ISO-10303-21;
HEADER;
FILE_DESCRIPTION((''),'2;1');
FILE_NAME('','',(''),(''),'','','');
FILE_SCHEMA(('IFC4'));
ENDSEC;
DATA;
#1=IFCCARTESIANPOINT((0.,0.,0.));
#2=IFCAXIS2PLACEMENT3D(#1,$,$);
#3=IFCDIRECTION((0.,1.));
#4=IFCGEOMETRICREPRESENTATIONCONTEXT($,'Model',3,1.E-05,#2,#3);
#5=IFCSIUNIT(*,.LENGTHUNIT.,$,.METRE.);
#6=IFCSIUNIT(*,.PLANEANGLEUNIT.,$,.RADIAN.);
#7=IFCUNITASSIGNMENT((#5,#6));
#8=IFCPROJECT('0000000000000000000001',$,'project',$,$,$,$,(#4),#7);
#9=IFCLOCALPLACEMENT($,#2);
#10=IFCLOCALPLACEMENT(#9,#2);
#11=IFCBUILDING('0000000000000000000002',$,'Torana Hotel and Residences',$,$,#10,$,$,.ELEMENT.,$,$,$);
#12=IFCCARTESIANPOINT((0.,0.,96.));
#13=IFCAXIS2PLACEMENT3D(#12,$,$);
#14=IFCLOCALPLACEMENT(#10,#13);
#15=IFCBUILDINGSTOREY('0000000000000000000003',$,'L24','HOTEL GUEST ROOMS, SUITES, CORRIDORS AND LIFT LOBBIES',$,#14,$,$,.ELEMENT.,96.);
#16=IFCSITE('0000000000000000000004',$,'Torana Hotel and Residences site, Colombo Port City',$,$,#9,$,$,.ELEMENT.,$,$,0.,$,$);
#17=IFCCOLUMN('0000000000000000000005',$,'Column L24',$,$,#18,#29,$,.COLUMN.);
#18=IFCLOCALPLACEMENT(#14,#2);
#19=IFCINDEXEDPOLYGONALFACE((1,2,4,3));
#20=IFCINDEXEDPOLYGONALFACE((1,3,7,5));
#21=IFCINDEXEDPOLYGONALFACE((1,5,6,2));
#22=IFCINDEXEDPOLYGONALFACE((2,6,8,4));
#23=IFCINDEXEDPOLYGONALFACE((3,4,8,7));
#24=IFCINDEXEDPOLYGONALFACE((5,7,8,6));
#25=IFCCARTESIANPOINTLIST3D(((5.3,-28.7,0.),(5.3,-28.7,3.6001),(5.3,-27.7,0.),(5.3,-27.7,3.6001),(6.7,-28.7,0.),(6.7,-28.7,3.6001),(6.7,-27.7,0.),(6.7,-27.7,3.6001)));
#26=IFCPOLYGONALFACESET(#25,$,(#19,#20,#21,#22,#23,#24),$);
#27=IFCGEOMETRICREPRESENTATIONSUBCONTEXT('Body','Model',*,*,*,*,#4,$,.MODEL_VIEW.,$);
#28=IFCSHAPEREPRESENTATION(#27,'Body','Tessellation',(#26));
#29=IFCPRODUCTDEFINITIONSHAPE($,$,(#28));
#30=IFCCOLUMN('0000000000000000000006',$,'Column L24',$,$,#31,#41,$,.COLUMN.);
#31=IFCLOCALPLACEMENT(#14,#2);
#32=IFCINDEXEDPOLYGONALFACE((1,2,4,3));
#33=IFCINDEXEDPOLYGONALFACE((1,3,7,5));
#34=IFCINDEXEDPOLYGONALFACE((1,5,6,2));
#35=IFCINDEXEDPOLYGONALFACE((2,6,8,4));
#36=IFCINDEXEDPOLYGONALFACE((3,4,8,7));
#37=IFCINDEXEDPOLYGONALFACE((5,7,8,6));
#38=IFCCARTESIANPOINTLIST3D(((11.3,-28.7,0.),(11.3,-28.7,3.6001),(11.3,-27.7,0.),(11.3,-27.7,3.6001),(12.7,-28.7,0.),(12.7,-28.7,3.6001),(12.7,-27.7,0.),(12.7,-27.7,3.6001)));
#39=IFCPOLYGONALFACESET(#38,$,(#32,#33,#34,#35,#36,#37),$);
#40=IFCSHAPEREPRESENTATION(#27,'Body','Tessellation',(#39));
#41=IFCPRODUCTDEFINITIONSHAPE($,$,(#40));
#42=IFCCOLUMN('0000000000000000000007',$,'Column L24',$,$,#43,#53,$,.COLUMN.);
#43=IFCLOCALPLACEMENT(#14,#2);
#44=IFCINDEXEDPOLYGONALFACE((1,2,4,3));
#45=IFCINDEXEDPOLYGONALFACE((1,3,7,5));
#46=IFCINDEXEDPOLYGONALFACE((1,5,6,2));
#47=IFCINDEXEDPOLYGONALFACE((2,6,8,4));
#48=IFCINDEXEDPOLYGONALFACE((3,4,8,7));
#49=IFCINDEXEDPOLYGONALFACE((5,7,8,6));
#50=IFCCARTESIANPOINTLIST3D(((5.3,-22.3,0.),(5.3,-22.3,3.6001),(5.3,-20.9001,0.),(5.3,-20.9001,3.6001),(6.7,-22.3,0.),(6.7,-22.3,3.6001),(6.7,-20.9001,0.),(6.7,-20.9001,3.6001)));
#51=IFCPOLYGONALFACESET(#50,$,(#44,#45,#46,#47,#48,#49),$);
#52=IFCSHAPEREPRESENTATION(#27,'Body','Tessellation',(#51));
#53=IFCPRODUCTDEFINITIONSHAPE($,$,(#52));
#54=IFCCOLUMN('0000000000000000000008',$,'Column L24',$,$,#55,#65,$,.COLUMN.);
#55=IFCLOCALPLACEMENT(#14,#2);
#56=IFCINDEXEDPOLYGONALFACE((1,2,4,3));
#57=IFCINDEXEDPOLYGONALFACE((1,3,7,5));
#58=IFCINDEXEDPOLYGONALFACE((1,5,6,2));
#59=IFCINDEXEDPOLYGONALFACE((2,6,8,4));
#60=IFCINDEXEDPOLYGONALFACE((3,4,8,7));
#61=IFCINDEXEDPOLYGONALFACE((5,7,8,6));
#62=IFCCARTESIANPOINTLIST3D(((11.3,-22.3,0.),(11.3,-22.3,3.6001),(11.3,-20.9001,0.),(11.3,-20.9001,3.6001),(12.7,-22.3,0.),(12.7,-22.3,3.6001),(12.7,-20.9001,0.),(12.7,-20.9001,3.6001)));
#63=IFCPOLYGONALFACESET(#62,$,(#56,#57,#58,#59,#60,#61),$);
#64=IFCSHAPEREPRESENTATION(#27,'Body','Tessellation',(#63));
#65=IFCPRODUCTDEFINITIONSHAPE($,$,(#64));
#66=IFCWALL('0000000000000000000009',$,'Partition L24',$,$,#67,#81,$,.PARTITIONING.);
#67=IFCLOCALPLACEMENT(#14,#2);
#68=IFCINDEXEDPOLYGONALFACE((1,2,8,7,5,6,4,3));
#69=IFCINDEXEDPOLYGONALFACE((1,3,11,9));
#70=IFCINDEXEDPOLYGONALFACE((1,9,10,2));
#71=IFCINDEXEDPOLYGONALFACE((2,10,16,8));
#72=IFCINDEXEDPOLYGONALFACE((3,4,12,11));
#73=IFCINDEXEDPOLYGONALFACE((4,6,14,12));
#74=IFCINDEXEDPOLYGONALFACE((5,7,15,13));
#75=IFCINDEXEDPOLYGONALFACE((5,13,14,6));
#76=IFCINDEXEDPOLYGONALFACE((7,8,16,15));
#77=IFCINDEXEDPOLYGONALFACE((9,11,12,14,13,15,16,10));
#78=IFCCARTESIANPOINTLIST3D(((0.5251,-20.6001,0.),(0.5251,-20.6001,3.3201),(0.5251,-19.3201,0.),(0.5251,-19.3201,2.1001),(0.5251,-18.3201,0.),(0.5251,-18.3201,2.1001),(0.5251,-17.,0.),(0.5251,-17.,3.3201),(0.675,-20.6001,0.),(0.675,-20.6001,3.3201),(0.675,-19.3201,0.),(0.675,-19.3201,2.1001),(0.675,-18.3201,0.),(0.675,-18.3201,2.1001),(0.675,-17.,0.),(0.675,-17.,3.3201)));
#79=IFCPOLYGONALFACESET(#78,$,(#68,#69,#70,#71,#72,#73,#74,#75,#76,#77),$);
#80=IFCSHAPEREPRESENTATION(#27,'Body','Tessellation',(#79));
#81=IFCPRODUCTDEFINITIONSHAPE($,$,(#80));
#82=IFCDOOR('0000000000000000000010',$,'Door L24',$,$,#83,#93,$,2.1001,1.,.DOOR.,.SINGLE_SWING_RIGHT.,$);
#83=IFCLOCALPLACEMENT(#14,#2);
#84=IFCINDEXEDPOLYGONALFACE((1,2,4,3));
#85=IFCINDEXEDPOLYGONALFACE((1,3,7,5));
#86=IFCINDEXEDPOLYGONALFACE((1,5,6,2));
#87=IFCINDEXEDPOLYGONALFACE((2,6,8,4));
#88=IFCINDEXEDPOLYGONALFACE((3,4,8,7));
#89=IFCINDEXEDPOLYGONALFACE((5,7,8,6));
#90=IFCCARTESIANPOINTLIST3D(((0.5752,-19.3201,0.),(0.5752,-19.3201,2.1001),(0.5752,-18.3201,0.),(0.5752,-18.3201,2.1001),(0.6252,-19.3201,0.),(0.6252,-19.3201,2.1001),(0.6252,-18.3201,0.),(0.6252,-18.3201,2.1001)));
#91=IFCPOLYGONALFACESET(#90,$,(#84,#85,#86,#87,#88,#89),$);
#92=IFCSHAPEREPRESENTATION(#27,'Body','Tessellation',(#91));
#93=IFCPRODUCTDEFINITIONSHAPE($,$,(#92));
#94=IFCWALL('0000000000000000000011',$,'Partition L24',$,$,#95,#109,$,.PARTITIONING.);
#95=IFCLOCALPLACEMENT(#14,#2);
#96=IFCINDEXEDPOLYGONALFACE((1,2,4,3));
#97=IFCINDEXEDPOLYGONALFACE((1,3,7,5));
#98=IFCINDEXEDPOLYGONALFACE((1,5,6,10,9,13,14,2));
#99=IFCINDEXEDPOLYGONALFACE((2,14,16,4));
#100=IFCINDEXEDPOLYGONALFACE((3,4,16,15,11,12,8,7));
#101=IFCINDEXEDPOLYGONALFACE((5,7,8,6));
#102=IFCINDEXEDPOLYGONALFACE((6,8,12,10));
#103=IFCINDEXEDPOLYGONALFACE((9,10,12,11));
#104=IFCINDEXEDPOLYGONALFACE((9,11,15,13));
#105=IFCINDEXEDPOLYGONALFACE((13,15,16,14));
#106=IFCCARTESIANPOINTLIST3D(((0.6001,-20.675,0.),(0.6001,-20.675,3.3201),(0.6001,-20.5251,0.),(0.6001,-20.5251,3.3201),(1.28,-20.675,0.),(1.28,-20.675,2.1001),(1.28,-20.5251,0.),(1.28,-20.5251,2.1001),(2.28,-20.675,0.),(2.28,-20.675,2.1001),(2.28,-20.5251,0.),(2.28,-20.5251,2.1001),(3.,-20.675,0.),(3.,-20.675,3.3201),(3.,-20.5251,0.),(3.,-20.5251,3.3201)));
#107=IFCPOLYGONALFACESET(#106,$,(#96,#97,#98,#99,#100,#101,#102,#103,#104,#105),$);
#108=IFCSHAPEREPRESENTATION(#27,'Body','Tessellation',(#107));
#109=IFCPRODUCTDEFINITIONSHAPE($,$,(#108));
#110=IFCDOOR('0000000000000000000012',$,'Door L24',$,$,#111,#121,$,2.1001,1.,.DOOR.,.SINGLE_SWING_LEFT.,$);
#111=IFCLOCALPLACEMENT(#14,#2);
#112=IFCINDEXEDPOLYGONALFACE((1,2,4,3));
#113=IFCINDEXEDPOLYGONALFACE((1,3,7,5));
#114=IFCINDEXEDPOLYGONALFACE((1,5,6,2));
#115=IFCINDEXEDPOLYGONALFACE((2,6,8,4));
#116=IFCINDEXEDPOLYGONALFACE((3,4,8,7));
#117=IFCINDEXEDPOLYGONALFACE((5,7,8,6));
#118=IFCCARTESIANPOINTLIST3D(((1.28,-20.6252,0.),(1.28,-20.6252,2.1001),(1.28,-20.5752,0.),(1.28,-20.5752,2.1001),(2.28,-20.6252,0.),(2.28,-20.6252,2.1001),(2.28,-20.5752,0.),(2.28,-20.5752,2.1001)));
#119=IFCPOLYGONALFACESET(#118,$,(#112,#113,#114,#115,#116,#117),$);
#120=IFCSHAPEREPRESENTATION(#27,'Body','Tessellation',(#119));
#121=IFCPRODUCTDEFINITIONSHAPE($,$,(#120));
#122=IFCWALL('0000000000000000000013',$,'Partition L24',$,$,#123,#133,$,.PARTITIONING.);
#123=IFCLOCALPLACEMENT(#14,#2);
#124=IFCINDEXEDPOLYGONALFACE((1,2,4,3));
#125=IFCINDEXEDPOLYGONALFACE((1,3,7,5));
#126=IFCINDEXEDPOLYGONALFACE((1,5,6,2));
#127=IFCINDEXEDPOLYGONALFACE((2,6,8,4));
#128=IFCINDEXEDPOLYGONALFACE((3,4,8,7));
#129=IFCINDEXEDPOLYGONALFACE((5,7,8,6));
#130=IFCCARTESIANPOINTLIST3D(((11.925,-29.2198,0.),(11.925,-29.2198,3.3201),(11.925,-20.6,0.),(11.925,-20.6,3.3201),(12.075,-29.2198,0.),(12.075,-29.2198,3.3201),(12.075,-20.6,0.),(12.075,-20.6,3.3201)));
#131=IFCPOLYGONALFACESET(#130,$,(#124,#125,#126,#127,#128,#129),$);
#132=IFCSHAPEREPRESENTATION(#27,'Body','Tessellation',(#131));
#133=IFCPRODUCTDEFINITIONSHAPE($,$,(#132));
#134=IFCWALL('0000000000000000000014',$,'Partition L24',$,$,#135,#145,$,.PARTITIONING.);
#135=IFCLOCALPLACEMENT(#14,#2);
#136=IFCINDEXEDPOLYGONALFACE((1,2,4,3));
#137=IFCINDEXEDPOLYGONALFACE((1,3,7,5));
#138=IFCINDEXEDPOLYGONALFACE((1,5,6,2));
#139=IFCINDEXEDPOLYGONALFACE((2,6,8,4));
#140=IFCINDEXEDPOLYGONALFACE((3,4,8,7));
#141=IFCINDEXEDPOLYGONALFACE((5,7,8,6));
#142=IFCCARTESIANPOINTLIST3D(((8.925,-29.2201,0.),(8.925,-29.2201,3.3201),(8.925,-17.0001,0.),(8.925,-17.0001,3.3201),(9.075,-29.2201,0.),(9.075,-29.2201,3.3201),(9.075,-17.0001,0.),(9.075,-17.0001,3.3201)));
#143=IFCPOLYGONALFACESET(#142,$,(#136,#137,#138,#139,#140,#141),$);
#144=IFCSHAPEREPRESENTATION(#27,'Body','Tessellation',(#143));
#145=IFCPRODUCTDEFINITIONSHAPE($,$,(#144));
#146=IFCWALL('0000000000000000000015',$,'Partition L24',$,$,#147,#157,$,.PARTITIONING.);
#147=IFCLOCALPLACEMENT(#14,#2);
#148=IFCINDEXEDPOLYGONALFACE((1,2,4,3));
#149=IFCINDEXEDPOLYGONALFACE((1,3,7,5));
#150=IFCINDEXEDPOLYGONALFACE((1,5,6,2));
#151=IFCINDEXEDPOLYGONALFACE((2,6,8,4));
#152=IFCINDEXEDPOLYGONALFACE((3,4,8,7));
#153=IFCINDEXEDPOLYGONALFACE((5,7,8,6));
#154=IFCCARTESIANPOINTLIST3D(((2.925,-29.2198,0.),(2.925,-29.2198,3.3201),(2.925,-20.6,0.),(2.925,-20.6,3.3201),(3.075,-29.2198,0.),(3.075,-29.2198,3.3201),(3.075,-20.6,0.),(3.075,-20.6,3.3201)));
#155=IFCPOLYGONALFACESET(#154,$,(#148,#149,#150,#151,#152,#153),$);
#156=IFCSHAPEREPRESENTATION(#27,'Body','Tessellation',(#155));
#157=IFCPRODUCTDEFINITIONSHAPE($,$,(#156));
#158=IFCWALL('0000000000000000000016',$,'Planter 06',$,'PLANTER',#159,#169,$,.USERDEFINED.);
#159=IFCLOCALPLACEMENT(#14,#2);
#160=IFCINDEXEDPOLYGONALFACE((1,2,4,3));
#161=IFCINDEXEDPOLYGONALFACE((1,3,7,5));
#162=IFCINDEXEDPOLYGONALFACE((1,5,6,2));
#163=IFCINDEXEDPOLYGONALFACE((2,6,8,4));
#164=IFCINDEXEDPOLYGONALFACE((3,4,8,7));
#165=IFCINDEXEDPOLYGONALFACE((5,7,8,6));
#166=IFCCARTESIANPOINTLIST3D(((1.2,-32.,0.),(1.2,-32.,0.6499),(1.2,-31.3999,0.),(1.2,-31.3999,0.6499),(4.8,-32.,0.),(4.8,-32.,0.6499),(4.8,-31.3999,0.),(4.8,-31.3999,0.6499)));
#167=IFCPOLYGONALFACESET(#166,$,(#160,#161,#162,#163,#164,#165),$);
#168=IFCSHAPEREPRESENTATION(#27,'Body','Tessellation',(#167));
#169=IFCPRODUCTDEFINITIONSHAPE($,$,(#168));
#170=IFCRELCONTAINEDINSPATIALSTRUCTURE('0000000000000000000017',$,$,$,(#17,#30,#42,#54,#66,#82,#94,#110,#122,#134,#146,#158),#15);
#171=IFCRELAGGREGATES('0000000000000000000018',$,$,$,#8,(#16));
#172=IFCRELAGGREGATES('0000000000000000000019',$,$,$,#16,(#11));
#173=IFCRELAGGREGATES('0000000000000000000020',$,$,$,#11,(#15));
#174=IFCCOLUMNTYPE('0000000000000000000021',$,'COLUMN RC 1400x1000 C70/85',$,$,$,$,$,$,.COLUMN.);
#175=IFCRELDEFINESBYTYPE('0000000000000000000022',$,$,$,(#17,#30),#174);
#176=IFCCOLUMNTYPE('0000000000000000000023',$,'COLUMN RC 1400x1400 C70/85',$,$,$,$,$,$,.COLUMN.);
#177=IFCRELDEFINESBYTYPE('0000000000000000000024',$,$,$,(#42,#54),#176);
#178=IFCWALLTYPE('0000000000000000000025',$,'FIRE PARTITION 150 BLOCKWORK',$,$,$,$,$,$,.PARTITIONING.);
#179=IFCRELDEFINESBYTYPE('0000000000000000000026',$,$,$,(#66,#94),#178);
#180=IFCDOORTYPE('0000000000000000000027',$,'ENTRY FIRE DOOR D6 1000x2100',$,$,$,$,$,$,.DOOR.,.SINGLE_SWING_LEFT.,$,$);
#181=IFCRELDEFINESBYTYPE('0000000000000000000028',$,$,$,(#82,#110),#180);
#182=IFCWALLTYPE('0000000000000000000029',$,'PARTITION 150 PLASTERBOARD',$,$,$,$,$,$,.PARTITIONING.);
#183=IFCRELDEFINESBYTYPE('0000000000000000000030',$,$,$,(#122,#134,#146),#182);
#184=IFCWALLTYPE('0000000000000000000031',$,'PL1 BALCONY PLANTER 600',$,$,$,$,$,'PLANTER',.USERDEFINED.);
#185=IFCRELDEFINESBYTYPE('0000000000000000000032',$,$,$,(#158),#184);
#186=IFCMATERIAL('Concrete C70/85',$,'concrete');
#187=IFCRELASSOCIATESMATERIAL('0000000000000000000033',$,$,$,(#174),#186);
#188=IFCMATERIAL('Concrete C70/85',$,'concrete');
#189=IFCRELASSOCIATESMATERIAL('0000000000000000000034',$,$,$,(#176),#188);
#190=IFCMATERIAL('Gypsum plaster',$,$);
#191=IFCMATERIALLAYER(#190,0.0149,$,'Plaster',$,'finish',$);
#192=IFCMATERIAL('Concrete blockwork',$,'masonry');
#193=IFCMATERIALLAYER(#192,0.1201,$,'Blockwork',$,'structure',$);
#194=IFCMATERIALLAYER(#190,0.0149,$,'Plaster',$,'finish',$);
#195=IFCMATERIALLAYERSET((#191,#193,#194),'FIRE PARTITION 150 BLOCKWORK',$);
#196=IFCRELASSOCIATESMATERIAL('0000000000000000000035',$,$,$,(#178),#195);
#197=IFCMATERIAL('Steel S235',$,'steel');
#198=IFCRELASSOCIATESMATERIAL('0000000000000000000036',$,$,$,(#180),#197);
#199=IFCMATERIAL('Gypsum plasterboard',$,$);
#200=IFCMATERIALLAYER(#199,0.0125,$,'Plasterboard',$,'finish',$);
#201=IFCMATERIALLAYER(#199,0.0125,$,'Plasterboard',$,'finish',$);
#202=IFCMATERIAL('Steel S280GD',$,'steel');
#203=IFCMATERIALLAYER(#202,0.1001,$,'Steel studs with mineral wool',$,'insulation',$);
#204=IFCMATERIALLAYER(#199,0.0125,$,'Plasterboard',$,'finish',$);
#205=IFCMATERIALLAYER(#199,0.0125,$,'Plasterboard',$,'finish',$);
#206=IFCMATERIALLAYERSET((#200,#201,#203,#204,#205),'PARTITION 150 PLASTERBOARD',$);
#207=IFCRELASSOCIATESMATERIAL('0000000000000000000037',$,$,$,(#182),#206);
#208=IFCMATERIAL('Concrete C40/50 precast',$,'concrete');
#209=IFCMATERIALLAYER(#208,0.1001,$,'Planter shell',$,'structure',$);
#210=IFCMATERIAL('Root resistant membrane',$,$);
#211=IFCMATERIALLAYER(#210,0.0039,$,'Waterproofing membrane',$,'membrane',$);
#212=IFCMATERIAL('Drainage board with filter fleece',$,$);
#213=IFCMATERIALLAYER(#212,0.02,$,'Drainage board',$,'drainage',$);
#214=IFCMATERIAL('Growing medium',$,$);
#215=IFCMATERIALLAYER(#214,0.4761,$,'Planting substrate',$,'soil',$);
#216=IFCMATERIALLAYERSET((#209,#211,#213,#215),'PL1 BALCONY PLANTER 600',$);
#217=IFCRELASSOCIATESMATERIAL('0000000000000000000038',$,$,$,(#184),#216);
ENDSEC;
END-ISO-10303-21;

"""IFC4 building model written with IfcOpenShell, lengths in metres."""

from ifc_helpers import new_model, si_unit, direction, frame, frame_2d, origin, origin_2d, place, context, subcontext, project, spatial, rectangle, extrude, material, layer, layer_set, material_profile, profile_set, type_object, element, fill, save


model = new_model("IFC4")

# Units and contexts
model_context = context("Model", 3, precision=1e-05, world=origin(), true_north=direction((0.0, 1.0)))
body_context = subcontext(model_context, "Body", "Model", "MODEL_VIEW")
ifc_project = project(units=[si_unit("LENGTHUNIT", "METRE"), si_unit("PLANEANGLEUNIT", "RADIAN")], contexts=[model_context])

# Site, building, storey
site_placement = place(None, origin())
site = spatial("IfcSite", under=ifc_project, at=site_placement, Name="Torana Hotel and Residences site, Colombo Port City", CompositionType="ELEMENT", RefElevation=0.0)
building_placement = place(site_placement, origin())
building = spatial("IfcBuilding", under=site, at=building_placement, Name="Torana Hotel and Residences", CompositionType="ELEMENT")
storey_placement = place(building_placement, frame((0.0, 0.0, 96.0)))
storey = spatial("IfcBuildingStorey", under=building, at=storey_placement, Name="L24", Description="HOTEL GUEST ROOMS, SUITES, CORRIDORS AND LIFT LOBBIES", CompositionType="ELEMENT", Elevation=96.0)

# Columns
ifc_material_1 = material(Name="Concrete C70/85", Category="concrete")
ifc_material_profile_1 = material_profile(ifc_material_1, rectangle(XDim=1.3999, YDim=1.0, at=origin_2d()), Name="RC 1400x1000")
ifc_profile_set_1 = profile_set([ifc_material_profile_1], Name="Concrete C70/85")
column_type_1 = type_object("IfcColumnType", Name="COLUMN RC 1400x1000 C70/85", PredefinedType="COLUMN", material=ifc_profile_set_1)
for number, where, z_axis, x_axis, name in (
    (1, (6.0, -28.2, 0.0), (0.0, 0.0, 1.0), (1.0, 0.0, 0.0), "Column L24"),
    (2, (12.0, -28.2, 0.0), (0.0, 0.0, 1.0), (1.0, 0.0, 0.0), "Column L24"),
):
    element("IfcColumn", number, at=place(storey_placement, frame(where, z_axis=z_axis, x_axis=x_axis)), inside=storey, type_object=column_type_1, Name=name, PredefinedType="COLUMN", context=body_context, shape_type="SweptSolid", body=[
        extrude(rectangle(XDim=1.3999, YDim=1.0, at=origin_2d()), origin(), (0.0, 0.0, 1.0), 3.6001),
    ])
ifc_material_2 = material(Name="Concrete C70/85", Category="concrete")
ifc_material_profile_2 = material_profile(ifc_material_2, rectangle(XDim=1.3999, YDim=1.3999, at=origin_2d()), Name="RC 1400x1400")
ifc_profile_set_2 = profile_set([ifc_material_profile_2], Name="Concrete C70/85")
column_type_2 = type_object("IfcColumnType", Name="COLUMN RC 1400x1400 C70/85", PredefinedType="COLUMN", material=ifc_profile_set_2)
for number, where, z_axis, x_axis, name in (
    (3, (6.0, -21.6001, 0.0), (0.0, 0.0, 1.0), (1.0, 0.0, 0.0), "Column L24"),
    (4, (12.0, -21.6001, 0.0), (0.0, 0.0, 1.0), (1.0, 0.0, 0.0), "Column L24"),
):
    element("IfcColumn", number, at=place(storey_placement, frame(where, z_axis=z_axis, x_axis=x_axis)), inside=storey, type_object=column_type_2, Name=name, PredefinedType="COLUMN", context=body_context, shape_type="SweptSolid", body=[
        extrude(rectangle(XDim=1.3999, YDim=1.3999, at=origin_2d()), origin(), (0.0, 0.0, 1.0), 3.6001),
    ])

# Walls, openings, doors
ifc_material_3 = material(Name="Gypsum plaster")
ifc_layer_1 = layer(ifc_material_3, 0.0149, Name="Plaster", Category="finish")
ifc_material_4 = material(Name="Concrete blockwork", Category="masonry")
ifc_layer_2 = layer(ifc_material_4, 0.1201, Name="Blockwork", Category="structure")
ifc_layer_3 = layer(ifc_material_3, 0.0149, Name="Plaster", Category="finish")
ifc_layer_set_1 = layer_set([ifc_layer_1, ifc_layer_2, ifc_layer_3], Name="FIRE PARTITION 150 BLOCKWORK")
wall_type_1 = type_object("IfcWallType", Name="FIRE PARTITION 150 BLOCKWORK", PredefinedType="PARTITIONING", material=ifc_layer_set_1)
wall_1_placement = place(storey_placement, frame((0.6001, -20.6001, 0.0), z_axis=(0.0, 0.0, 1.0), x_axis=(0.0, 1.0, 0.0)))
wall_1 = element("IfcWall", 5, at=wall_1_placement, inside=storey, type_object=wall_type_1, Name="Partition L24", PredefinedType="PARTITIONING", context=body_context, shape_type="SweptSolid", body=[
    extrude(rectangle(XDim=3.6001, YDim=0.1499, at=frame_2d((1.8, 0.0))), origin(), (0.0, 0.0, 1.0), 3.3201),
])
opening_1_placement = place(wall_1_placement, frame((1.28, 0.0, 0.0)))
opening_1 = element("IfcOpeningElement", 6, at=opening_1_placement, cuts=wall_1, PredefinedType="OPENING", context=body_context, shape_type="SweptSolid", body=[
    extrude(rectangle(XDim=1.0, YDim=2.1001, at=frame_2d((0.5, 1.05))), frame((0.0, 0.085, 0.0), z_axis=(0.0, -1.0, 0.0), x_axis=(1.0, 0.0, 0.0)), (0.0, 0.0, 1.0), 0.1699),
])
ifc_material_5 = material(Name="Steel S235", Category="steel")
door_type = type_object("IfcDoorType", Name="ENTRY FIRE DOOR D6 1000x2100", OperationType="SINGLE_SWING_LEFT", PredefinedType="DOOR", material=ifc_material_5)
door_1_placement = place(opening_1_placement, origin())
door_1 = element("IfcDoor", 7, at=door_1_placement, inside=storey, type_object=door_type, Name="Door L24", OperationType="SINGLE_SWING_RIGHT", OverallHeight=2.1001, OverallWidth=1.0, PredefinedType="DOOR", context=body_context, shape_type="SweptSolid", body=[
    extrude(rectangle(XDim=1.0, YDim=2.1001, at=frame_2d((0.5, 1.05))), frame((0.0, 0.0249, 0.0), z_axis=(0.0, -1.0, 0.0), x_axis=(1.0, 0.0, 0.0)), (0.0, 0.0, 1.0), 0.05),
])
fill(opening_1, door_1)
wall_2_placement = place(storey_placement, frame((0.6001, -20.6001, 0.0), z_axis=(0.0, 0.0, 1.0), x_axis=(1.0, 0.0, 0.0)))
wall_2 = element("IfcWall", 8, at=wall_2_placement, inside=storey, type_object=wall_type_1, Name="Partition L24", PredefinedType="PARTITIONING", context=body_context, shape_type="SweptSolid", body=[
    extrude(rectangle(XDim=2.3999, YDim=0.1499, at=frame_2d((1.2, 0.0))), origin(), (0.0, 0.0, 1.0), 3.3201),
])
opening_2_placement = place(wall_2_placement, frame((0.6799, 0.0, 0.0)))
opening_2 = element("IfcOpeningElement", 9, at=opening_2_placement, cuts=wall_2, PredefinedType="OPENING", context=body_context, shape_type="SweptSolid", body=[
    extrude(rectangle(XDim=1.0, YDim=2.1001, at=frame_2d((0.5, 1.05))), frame((0.0, 0.085, 0.0), z_axis=(0.0, -1.0, 0.0), x_axis=(1.0, 0.0, 0.0)), (0.0, 0.0, 1.0), 0.1699),
])
door_2_placement = place(opening_2_placement, frame((0.5, 0.0, 0.0), z_axis=(0.0, 0.0, 1.0), x_axis=(-1.0, 0.0, 0.0)))
door_2 = element("IfcDoor", 10, at=door_2_placement, inside=storey, type_object=door_type, Name="Door L24", OperationType="SINGLE_SWING_LEFT", OverallHeight=2.1001, OverallWidth=1.0, PredefinedType="DOOR", context=body_context, shape_type="SweptSolid", body=[
    extrude(rectangle(XDim=1.0, YDim=2.1001, at=frame_2d((0.0, 1.05))), frame((0.0, -0.0249, 0.0), z_axis=(0.0, 1.0, 0.0), x_axis=(-1.0, 0.0, 0.0)), (0.0, 0.0, 1.0), 0.05),
])
fill(opening_2, door_2)

# Walls
ifc_material_6 = material(Name="Gypsum plasterboard")
ifc_layer_4 = layer(ifc_material_6, 0.0125, Name="Plasterboard", Category="finish")
ifc_layer_5 = layer(ifc_material_6, 0.0125, Name="Plasterboard", Category="finish")
ifc_material_7 = material(Name="Steel S280GD", Category="steel")
ifc_layer_6 = layer(ifc_material_7, 0.1001, Name="Steel studs with mineral wool", Category="insulation")
ifc_layer_7 = layer(ifc_material_6, 0.0125, Name="Plasterboard", Category="finish")
ifc_layer_8 = layer(ifc_material_6, 0.0125, Name="Plasterboard", Category="finish")
ifc_layer_set_2 = layer_set([ifc_layer_4, ifc_layer_5, ifc_layer_6, ifc_layer_7, ifc_layer_8], Name="PARTITION 150 PLASTERBOARD")
wall_type_2 = type_object("IfcWallType", Name="PARTITION 150 PLASTERBOARD", PredefinedType="PARTITIONING", material=ifc_layer_set_2)
wall_3_placement = place(storey_placement, frame((12.0, -29.22, 0.0), z_axis=(0.0, 0.0, 1.0), x_axis=(0.0, 1.0, 0.0)))
element("IfcWall", 11, at=wall_3_placement, inside=storey, type_object=wall_type_2, Name="Partition L24", PredefinedType="PARTITIONING", context=body_context, shape_type="SweptSolid", body=[
    extrude(rectangle(XDim=8.6199, YDim=0.1499, at=frame_2d((4.3101, 0.0))), origin(), (0.0, 0.0, 1.0), 3.3201),
])
wall_4_placement = place(storey_placement, frame((9.0, -29.22, 0.0), z_axis=(0.0, 0.0, 1.0), x_axis=(0.0, 1.0, 0.0)))
element("IfcWall", 12, at=wall_4_placement, inside=storey, type_object=wall_type_2, Name="Partition L24", PredefinedType="PARTITIONING", context=body_context, shape_type="SweptSolid", body=[
    extrude(rectangle(XDim=12.22, YDim=0.1499, at=frame_2d((6.1099, 0.0))), origin(), (0.0, 0.0, 1.0), 3.3201),
])
wall_5_placement = place(storey_placement, frame((3.0, -29.22, 0.0), z_axis=(0.0, 0.0, 1.0), x_axis=(0.0, 1.0, 0.0)))
element("IfcWall", 13, at=wall_5_placement, inside=storey, type_object=wall_type_2, Name="Partition L24", PredefinedType="PARTITIONING", context=body_context, shape_type="SweptSolid", body=[
    extrude(rectangle(XDim=8.6199, YDim=0.1499, at=frame_2d((4.3101, 0.0))), origin(), (0.0, 0.0, 1.0), 3.3201),
])
ifc_material_8 = material(Name="Concrete C40/50 precast", Category="concrete")
ifc_layer_9 = layer(ifc_material_8, 0.1001, Name="Planter shell", Category="structure")
ifc_material_9 = material(Name="Root resistant membrane")
ifc_layer_10 = layer(ifc_material_9, 0.0039, Name="Waterproofing membrane", Category="membrane")
ifc_material_10 = material(Name="Drainage board with filter fleece")
ifc_layer_11 = layer(ifc_material_10, 0.02, Name="Drainage board", Category="drainage")
ifc_material_11 = material(Name="Growing medium")
ifc_layer_12 = layer(ifc_material_11, 0.4761, Name="Planting substrate", Category="soil")
ifc_layer_set_3 = layer_set([ifc_layer_9, ifc_layer_10, ifc_layer_11, ifc_layer_12], Name="PL1 BALCONY PLANTER 600")
wall_type_3 = type_object("IfcWallType", Name="PL1 BALCONY PLANTER 600", ElementType="PLANTER", PredefinedType="USERDEFINED", material=ifc_layer_set_3)
for number, where, z_axis, x_axis, name in (
    (14, (4.8, -31.7, 0.0), (0.0, 0.0, 1.0), (-1.0, 0.0, 0.0), "Planter 06"),
):
    element("IfcWall", number, at=place(storey_placement, frame(where, z_axis=z_axis, x_axis=x_axis)), inside=storey, type_object=wall_type_3, Name=name, ObjectType="PLANTER", PredefinedType="USERDEFINED", context=body_context, shape_type="SweptSolid", body=[
        extrude(rectangle(XDim=3.6001, YDim=0.6001, at=frame_2d((1.8, 0.0))), origin(), (0.0, 0.0, 1.0), 0.6499),
    ])

save(model, "model.ifc")
